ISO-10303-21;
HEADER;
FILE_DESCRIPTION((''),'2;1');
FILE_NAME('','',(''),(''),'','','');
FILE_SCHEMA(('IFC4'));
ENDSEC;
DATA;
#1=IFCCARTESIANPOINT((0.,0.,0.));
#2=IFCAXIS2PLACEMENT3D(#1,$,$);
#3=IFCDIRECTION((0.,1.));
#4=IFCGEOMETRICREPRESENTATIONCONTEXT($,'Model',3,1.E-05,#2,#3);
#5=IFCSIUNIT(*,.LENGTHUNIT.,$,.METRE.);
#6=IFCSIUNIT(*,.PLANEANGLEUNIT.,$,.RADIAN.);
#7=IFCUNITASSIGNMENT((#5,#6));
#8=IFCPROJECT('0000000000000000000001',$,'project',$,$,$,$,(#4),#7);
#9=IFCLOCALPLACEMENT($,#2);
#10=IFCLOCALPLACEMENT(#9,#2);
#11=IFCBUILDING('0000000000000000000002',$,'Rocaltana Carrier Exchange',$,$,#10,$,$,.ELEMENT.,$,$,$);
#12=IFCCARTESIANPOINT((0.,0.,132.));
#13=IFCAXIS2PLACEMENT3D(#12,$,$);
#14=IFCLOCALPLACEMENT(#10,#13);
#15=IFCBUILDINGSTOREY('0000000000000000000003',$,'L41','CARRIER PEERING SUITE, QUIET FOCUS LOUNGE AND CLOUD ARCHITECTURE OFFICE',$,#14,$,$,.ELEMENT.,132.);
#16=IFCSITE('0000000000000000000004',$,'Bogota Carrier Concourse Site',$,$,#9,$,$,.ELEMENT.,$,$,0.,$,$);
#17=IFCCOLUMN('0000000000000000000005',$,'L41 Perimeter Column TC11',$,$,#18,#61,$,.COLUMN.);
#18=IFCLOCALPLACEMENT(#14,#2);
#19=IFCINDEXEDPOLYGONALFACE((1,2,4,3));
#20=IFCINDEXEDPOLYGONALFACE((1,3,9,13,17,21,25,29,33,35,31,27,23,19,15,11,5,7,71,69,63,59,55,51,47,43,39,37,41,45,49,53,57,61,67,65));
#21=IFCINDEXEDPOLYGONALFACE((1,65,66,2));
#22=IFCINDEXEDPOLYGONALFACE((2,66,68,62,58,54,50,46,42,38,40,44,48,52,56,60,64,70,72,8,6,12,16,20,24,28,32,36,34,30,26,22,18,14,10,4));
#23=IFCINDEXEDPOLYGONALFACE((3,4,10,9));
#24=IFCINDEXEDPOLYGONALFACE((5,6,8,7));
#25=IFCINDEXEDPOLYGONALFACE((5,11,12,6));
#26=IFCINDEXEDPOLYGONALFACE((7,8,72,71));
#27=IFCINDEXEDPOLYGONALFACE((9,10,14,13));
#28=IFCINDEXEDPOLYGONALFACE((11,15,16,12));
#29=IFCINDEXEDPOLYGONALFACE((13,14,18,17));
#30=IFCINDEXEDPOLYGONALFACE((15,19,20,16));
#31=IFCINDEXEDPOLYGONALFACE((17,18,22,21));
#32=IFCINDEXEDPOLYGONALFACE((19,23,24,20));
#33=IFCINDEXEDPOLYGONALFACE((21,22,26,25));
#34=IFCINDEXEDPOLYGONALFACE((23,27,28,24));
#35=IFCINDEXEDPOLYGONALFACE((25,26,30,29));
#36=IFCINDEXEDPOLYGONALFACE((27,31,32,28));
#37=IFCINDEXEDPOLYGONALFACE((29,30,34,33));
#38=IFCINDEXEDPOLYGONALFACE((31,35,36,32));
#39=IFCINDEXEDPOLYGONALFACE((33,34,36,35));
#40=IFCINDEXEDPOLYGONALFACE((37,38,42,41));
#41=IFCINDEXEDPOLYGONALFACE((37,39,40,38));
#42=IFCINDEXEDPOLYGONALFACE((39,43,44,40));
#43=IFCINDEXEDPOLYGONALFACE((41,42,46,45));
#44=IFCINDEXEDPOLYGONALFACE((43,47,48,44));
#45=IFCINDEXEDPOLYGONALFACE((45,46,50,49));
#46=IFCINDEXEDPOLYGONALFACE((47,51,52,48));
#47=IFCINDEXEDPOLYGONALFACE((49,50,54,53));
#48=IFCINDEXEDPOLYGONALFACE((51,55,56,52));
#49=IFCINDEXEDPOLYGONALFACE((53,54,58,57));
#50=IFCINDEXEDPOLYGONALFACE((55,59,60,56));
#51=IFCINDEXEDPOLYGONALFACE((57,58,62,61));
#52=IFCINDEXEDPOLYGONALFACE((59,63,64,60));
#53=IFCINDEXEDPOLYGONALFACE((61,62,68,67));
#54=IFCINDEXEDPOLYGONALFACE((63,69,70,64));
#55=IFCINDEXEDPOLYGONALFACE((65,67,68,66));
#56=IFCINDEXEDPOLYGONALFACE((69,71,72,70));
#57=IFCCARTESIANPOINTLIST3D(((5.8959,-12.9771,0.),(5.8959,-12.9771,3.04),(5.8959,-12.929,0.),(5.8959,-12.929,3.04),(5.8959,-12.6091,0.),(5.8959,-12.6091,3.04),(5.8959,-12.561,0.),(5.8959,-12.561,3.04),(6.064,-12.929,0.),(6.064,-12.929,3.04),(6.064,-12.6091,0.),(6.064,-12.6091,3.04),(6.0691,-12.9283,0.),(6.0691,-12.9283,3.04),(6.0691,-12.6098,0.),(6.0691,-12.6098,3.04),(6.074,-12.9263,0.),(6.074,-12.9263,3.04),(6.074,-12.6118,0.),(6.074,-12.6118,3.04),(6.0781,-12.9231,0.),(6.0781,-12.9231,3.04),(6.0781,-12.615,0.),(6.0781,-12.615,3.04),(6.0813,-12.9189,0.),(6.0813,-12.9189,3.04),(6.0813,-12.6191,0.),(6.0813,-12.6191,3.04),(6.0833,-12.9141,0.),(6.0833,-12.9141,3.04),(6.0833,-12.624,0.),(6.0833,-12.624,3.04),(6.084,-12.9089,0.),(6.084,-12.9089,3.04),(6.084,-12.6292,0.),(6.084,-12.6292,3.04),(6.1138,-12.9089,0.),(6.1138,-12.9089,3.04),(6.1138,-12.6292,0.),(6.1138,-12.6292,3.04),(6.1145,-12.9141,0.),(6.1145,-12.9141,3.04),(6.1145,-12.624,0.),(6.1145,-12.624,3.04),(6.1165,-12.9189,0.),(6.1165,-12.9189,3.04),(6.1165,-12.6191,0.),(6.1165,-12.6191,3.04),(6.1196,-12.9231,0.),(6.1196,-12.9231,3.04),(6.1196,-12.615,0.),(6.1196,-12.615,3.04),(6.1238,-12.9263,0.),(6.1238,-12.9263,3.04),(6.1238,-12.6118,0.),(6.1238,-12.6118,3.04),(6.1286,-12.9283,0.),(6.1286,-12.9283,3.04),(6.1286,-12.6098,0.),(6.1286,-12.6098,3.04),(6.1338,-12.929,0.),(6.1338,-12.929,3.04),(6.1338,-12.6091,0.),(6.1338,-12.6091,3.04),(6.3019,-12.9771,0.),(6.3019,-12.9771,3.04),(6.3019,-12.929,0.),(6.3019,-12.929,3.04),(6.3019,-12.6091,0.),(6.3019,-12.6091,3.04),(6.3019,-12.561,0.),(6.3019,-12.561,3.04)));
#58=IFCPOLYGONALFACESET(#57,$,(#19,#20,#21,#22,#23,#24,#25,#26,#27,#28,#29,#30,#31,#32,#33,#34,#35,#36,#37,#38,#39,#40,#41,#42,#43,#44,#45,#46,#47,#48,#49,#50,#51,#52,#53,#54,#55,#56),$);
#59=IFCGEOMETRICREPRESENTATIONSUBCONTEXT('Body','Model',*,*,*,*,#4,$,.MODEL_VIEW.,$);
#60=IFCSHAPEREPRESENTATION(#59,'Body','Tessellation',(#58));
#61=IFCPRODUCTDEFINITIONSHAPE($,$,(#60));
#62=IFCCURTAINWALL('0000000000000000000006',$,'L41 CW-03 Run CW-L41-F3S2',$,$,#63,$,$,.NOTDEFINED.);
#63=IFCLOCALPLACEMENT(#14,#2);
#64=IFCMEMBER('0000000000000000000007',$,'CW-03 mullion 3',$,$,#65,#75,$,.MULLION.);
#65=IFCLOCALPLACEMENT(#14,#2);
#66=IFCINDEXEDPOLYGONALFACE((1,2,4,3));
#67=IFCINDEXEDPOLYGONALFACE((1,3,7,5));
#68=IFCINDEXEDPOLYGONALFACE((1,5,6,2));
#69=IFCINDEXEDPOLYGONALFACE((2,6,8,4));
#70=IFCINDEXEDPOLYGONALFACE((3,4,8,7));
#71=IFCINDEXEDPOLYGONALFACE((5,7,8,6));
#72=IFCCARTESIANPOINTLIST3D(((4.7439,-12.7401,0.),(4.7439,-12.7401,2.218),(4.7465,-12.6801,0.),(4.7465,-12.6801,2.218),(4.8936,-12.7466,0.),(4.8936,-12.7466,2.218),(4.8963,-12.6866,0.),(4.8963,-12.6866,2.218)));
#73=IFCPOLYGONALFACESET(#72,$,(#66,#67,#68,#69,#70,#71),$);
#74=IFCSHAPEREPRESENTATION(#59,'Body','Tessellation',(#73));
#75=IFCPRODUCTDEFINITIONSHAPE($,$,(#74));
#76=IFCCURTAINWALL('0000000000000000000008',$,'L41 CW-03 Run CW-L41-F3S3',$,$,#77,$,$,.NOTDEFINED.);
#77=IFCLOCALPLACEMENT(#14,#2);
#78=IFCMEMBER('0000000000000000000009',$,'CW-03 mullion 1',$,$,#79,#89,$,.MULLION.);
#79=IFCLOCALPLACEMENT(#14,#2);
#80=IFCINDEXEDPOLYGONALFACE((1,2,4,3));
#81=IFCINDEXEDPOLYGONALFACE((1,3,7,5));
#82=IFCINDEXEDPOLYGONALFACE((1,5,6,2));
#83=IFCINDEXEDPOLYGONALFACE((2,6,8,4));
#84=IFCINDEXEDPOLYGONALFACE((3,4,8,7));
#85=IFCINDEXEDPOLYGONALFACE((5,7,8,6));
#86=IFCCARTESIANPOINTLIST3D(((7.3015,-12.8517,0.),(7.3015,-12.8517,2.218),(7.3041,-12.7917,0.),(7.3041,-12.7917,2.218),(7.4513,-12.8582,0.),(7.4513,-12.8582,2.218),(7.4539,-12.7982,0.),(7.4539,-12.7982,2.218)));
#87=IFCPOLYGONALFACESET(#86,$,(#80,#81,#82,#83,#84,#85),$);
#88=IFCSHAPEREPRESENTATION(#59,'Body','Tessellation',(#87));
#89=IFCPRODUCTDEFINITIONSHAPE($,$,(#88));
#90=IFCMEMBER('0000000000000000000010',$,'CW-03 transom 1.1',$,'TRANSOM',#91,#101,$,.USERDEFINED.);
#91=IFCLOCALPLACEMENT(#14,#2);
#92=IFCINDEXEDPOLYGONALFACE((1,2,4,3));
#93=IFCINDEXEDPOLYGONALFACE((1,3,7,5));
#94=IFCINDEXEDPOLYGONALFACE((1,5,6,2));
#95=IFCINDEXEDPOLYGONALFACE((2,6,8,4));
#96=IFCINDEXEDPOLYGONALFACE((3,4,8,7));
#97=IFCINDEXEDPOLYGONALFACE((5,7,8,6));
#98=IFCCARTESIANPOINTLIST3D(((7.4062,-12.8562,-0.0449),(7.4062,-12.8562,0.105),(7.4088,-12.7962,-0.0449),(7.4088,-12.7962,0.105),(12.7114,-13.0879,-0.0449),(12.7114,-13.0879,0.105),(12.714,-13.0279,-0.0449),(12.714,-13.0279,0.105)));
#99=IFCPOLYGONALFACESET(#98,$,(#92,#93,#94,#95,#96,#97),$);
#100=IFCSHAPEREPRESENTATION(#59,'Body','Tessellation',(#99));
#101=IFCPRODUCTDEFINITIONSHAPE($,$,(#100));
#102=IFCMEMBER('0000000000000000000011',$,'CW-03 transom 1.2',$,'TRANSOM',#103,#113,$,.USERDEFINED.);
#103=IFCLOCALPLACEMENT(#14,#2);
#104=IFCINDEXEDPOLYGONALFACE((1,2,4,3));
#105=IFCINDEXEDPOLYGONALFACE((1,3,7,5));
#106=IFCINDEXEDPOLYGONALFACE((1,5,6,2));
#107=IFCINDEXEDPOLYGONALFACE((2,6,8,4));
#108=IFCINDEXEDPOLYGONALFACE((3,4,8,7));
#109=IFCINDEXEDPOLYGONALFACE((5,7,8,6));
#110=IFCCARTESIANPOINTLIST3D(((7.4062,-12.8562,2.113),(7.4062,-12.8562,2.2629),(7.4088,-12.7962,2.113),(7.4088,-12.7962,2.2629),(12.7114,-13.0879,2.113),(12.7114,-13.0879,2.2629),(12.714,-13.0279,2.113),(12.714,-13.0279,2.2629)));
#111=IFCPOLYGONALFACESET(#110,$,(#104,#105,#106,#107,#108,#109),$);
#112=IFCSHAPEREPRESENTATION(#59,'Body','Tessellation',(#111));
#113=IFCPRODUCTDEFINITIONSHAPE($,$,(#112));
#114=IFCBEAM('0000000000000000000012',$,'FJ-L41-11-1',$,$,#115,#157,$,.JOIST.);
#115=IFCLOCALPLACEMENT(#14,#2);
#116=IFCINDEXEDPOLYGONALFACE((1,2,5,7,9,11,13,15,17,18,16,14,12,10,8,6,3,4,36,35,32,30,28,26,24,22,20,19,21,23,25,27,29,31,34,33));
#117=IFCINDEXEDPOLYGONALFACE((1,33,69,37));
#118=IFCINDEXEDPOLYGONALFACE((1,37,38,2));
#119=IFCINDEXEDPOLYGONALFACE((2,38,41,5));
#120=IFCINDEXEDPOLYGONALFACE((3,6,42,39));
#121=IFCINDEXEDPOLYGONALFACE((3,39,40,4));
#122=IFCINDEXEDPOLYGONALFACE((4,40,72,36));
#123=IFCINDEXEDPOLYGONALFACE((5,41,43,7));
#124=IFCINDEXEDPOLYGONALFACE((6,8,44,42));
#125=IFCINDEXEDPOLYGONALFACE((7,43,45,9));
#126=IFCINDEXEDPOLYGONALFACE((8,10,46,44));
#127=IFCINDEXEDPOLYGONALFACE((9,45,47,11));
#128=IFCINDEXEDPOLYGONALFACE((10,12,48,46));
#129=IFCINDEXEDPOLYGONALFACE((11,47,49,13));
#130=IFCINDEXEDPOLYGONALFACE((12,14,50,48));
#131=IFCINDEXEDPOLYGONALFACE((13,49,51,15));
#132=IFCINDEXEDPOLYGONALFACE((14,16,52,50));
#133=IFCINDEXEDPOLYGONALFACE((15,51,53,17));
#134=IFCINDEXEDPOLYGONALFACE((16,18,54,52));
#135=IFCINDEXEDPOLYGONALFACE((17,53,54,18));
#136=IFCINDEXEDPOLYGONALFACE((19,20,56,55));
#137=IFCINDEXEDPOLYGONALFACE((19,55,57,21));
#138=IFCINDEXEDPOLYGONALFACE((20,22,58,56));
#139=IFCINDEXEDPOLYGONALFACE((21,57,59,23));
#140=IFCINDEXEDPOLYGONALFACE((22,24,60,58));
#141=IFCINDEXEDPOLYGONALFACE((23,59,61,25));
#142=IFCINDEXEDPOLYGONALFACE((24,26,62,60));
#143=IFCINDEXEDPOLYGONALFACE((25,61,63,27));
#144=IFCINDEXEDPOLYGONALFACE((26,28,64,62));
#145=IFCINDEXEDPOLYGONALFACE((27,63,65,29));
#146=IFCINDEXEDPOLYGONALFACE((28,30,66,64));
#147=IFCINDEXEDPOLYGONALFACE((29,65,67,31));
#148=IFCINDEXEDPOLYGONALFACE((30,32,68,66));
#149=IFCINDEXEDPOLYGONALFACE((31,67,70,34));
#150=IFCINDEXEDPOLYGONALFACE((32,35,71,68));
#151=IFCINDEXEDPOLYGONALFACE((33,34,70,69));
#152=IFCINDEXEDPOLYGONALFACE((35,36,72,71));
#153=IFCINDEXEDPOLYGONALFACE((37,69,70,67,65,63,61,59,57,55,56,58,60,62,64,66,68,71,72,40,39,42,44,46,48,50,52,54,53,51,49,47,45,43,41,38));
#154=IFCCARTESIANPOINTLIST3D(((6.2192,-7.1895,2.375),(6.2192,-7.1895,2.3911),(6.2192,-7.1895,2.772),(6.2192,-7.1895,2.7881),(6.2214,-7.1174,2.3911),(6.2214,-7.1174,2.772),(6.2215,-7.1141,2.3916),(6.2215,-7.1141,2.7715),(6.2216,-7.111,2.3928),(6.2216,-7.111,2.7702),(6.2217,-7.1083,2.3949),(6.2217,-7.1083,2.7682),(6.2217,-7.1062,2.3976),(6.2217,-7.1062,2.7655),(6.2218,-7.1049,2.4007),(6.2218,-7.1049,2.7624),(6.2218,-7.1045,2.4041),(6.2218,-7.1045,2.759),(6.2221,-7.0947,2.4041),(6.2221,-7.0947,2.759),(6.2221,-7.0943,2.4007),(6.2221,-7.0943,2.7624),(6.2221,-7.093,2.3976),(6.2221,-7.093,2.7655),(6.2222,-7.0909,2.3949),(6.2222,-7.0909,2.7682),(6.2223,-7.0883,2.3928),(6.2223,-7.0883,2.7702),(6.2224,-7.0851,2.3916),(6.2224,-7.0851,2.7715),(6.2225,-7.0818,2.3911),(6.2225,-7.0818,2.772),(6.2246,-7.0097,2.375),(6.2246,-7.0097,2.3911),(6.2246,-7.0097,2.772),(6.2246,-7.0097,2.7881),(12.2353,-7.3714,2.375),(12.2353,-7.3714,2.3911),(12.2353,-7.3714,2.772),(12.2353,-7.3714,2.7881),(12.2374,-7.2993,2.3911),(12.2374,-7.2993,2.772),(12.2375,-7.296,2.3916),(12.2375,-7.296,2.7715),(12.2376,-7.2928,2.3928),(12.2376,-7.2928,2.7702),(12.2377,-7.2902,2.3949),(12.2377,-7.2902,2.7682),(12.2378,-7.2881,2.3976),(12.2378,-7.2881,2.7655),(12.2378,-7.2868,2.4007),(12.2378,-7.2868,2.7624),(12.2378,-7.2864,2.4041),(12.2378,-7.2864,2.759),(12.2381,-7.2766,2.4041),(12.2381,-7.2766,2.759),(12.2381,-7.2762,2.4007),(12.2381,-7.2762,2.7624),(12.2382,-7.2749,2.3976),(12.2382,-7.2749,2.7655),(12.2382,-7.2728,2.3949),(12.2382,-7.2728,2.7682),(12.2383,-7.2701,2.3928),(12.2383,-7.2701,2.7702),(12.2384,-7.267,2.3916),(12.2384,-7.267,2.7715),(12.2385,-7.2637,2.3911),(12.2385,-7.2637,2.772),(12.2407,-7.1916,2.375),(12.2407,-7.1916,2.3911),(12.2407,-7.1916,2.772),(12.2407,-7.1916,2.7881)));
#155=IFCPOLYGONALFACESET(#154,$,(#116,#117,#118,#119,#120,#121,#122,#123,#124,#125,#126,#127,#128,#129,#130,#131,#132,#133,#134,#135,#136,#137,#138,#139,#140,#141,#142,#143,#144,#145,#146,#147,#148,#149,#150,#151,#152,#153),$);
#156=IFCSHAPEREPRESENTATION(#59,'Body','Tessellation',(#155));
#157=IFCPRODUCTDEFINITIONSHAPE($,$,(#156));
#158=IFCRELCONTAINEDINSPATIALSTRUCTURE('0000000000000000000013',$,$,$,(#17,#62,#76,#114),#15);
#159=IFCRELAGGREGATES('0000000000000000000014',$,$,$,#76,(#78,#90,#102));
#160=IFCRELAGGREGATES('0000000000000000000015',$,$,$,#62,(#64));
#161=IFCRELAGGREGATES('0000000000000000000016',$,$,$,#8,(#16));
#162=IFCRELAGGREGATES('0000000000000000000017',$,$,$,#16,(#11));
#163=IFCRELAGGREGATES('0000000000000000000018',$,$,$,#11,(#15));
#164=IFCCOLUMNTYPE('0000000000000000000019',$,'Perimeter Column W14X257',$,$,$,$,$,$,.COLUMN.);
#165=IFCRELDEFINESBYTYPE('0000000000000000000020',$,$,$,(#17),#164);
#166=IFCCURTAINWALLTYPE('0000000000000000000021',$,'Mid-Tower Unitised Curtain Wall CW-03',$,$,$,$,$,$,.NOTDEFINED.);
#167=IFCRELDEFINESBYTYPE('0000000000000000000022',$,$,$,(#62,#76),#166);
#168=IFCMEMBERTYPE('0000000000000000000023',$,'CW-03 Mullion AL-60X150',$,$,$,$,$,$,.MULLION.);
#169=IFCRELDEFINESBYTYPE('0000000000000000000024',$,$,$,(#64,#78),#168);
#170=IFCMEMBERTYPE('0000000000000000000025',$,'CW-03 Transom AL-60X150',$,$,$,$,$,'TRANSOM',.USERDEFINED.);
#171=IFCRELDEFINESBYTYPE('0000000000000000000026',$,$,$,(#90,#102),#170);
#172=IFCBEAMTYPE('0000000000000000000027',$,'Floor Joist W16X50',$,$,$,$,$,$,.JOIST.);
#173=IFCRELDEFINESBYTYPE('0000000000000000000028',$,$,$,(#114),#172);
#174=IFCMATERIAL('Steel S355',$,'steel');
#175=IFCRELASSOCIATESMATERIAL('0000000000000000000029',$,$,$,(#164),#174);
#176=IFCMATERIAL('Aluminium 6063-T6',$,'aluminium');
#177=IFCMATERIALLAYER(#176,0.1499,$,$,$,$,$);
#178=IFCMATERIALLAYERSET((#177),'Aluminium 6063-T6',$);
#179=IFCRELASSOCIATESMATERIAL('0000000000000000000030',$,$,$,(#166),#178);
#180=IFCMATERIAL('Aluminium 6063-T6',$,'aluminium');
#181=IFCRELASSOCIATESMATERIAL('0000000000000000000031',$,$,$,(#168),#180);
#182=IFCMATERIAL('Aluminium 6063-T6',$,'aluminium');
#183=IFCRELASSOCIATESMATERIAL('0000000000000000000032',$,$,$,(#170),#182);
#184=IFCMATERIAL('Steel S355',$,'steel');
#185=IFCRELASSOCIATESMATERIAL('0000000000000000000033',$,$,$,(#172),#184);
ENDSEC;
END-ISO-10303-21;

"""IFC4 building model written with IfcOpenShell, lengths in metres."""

from ifc_helpers import new_model, si_unit, direction, frame, origin, origin_2d, place, context, subcontext, project, spatial, rectangle, i_section, extrude, material, layer, layer_set, material_profile, profile_set, type_object, element, aggregate, save


model = new_model("IFC4")

# Units and contexts
model_context = context("Model", 3, precision=1e-05, world=origin(), true_north=direction((0.0, 1.0)))
body_context = subcontext(model_context, "Body", "Model", "MODEL_VIEW")
ifc_project = project(units=[si_unit("LENGTHUNIT", "METRE"), si_unit("PLANEANGLEUNIT", "RADIAN")], contexts=[model_context])

# Site, building, storey
site_placement = place(None, origin())
site = spatial("IfcSite", under=ifc_project, at=site_placement, Name="Bogota Carrier Concourse Site", CompositionType="ELEMENT", RefElevation=0.0)
building_placement = place(site_placement, origin())
building = spatial("IfcBuilding", under=site, at=building_placement, Name="Rocaltana Carrier Exchange", CompositionType="ELEMENT")
storey_placement = place(building_placement, frame((0.0, 0.0, 132.0)))
storey = spatial("IfcBuildingStorey", under=building, at=storey_placement, Name="L41", Description="CARRIER PEERING SUITE, QUIET FOCUS LOUNGE AND CLOUD ARCHITECTURE OFFICE", CompositionType="ELEMENT", Elevation=132.0)

# Column
ifc_material_1 = material(Name="Steel S355", Category="steel")
ifc_material_profile_1 = material_profile(ifc_material_1, i_section(OverallWidth=0.406, OverallDepth=0.416, WebThickness=0.0298, FlangeThickness=0.0481, FilletRadius=0.02, at=origin_2d()), Name="W14X257")
ifc_profile_set_1 = profile_set([ifc_material_profile_1], Name="Steel S355")
column_type = type_object("IfcColumnType", Name="Perimeter Column W14X257", PredefinedType="COLUMN", material=ifc_profile_set_1)
column_placement = place(storey_placement, frame((6.0989, -12.769, 0.0), z_axis=(0.0, 0.0, 1.0), x_axis=(1.0, 0.0, 0.0)))
element("IfcColumn", 1, at=column_placement, inside=storey, type_object=column_type, Name="L41 Perimeter Column TC11", PredefinedType="COLUMN", context=body_context, shape_type="SweptSolid", body=[
    extrude(i_section(OverallWidth=0.406, OverallDepth=0.416, WebThickness=0.0298, FlangeThickness=0.0481, FilletRadius=0.02, at=origin_2d()), origin(), (0.0, 0.0, 1.0), 3.04),
])

# Curtain wall, member
ifc_material_2 = material(Name="Aluminium 6063-T6", Category="aluminium")
ifc_layer_1 = layer(ifc_material_2, 0.1499)
ifc_layer_set_1 = layer_set([ifc_layer_1], Name="Aluminium 6063-T6")
curtain_wall_type = type_object("IfcCurtainWallType", Name="Mid-Tower Unitised Curtain Wall CW-03", PredefinedType="NOTDEFINED", material=ifc_layer_set_1)
curtain_wall_1_placement = place(storey_placement, origin())
curtain_wall_1 = element("IfcCurtainWall", 2, at=curtain_wall_1_placement, inside=storey, type_object=curtain_wall_type, Name="L41 CW-03 Run CW-L41-F3S2", PredefinedType="NOTDEFINED")
ifc_material_3 = material(Name="Aluminium 6063-T6", Category="aluminium")
ifc_material_profile_2 = material_profile(ifc_material_3, rectangle(XDim=0.0601, YDim=0.1499, at=origin_2d()), Name="AL-60X150")
ifc_profile_set_2 = profile_set([ifc_material_profile_2], Name="Aluminium 6063-T6")
member_type_1 = type_object("IfcMemberType", Name="CW-03 Mullion AL-60X150", PredefinedType="MULLION", material=ifc_profile_set_2)
member_1_placement = place(storey_placement, frame((4.8201, -12.7134, 0.0), z_axis=(0.0, 0.0, 1.0), x_axis=(0.04362, 0.999048, 0.0)))
member_1 = element("IfcMember", 3, at=member_1_placement, type_object=member_type_1, Name="CW-03 mullion 3", PredefinedType="MULLION", context=body_context, shape_type="SweptSolid", body=[
    extrude(rectangle(XDim=0.0601, YDim=0.1499, at=origin_2d()), origin(), (0.0, 0.0, 1.0), 2.218),
])

# Curtain wall, members
curtain_wall_2_placement = place(storey_placement, origin())
curtain_wall_2 = element("IfcCurtainWall", 4, at=curtain_wall_2_placement, inside=storey, type_object=curtain_wall_type, Name="L41 CW-03 Run CW-L41-F3S3", PredefinedType="NOTDEFINED")
member_2_placement = place(storey_placement, frame((7.3777, -12.825, 0.0), z_axis=(0.0, 0.0, 1.0), x_axis=(0.043629, 0.999048, 0.0)))
member_2 = element("IfcMember", 5, at=member_2_placement, type_object=member_type_1, Name="CW-03 mullion 1", PredefinedType="MULLION", context=body_context, shape_type="SweptSolid", body=[
    extrude(rectangle(XDim=0.0601, YDim=0.1499, at=origin_2d()), origin(), (0.0, 0.0, 1.0), 2.218),
])
ifc_material_4 = material(Name="Aluminium 6063-T6", Category="aluminium")
ifc_material_profile_3 = material_profile(ifc_material_4, rectangle(XDim=0.0601, YDim=0.1499, at=origin_2d()), Name="AL-60X150")
ifc_profile_set_3 = profile_set([ifc_material_profile_3], Name="Aluminium 6063-T6")
member_type_2 = type_object("IfcMemberType", Name="CW-03 Transom AL-60X150", ElementType="TRANSOM", PredefinedType="USERDEFINED", material=ifc_profile_set_3)
member_3_placement = place(storey_placement, frame((7.4075, -12.8262, 0.03), z_axis=(0.999048, -0.043631, 0.0), x_axis=(0.043631, 0.999048, 0.0)))
member_3 = element("IfcMember", 6, at=member_3_placement, type_object=member_type_2, Name="CW-03 transom 1.1", ObjectType="TRANSOM", PredefinedType="USERDEFINED", context=body_context, shape_type="SweptSolid", body=[
    extrude(rectangle(XDim=0.0601, YDim=0.1499, at=origin_2d()), origin(), (0.0, 0.0, 1.0), 5.3103),
])
member_4_placement = place(storey_placement, frame((7.4075, -12.8262, 2.188), z_axis=(0.999048, -0.043631, 0.0), x_axis=(0.043631, 0.999048, 0.0)))
member_4 = element("IfcMember", 7, at=member_4_placement, type_object=member_type_2, Name="CW-03 transom 1.2", ObjectType="TRANSOM", PredefinedType="USERDEFINED", context=body_context, shape_type="SweptSolid", body=[
    extrude(rectangle(XDim=0.0601, YDim=0.1499, at=origin_2d()), origin(), (0.0, 0.0, 1.0), 5.3103),
])
aggregate(curtain_wall_2, [member_2, member_3, member_4])

# Beam
ifc_material_5 = material(Name="Steel S355", Category="steel")
ifc_material_profile_4 = material_profile(ifc_material_5, i_section(OverallWidth=0.1799, OverallDepth=0.4131, WebThickness=0.0098, FlangeThickness=0.0161, FilletRadius=0.0129, at=origin_2d()), Name="W16X50")
ifc_profile_set_4 = profile_set([ifc_material_profile_4], Name="Steel S355")
beam_type_1 = type_object("IfcBeamType", Name="Floor Joist W16X50", PredefinedType="JOIST", material=ifc_profile_set_4)
beam_1_placement = place(storey_placement, frame((6.2219, -7.0996, 2.5815), z_axis=(0.999543, -0.030219, 0.0), x_axis=(0.030219, 0.999543, 0.0)))
element("IfcBeam", 8, at=beam_1_placement, inside=storey, type_object=beam_type_1, Name="FJ-L41-11-1", PredefinedType="JOIST", context=body_context, shape_type="SweptSolid", body=[
    extrude(i_section(OverallWidth=0.1799, OverallDepth=0.4131, WebThickness=0.0098, FlangeThickness=0.0161, FilletRadius=0.0129, at=origin_2d()), origin(), (0.0, 0.0, 1.0), 6.0188),
])

aggregate(curtain_wall_1, [member_1])

save(model, "model.ifc")
